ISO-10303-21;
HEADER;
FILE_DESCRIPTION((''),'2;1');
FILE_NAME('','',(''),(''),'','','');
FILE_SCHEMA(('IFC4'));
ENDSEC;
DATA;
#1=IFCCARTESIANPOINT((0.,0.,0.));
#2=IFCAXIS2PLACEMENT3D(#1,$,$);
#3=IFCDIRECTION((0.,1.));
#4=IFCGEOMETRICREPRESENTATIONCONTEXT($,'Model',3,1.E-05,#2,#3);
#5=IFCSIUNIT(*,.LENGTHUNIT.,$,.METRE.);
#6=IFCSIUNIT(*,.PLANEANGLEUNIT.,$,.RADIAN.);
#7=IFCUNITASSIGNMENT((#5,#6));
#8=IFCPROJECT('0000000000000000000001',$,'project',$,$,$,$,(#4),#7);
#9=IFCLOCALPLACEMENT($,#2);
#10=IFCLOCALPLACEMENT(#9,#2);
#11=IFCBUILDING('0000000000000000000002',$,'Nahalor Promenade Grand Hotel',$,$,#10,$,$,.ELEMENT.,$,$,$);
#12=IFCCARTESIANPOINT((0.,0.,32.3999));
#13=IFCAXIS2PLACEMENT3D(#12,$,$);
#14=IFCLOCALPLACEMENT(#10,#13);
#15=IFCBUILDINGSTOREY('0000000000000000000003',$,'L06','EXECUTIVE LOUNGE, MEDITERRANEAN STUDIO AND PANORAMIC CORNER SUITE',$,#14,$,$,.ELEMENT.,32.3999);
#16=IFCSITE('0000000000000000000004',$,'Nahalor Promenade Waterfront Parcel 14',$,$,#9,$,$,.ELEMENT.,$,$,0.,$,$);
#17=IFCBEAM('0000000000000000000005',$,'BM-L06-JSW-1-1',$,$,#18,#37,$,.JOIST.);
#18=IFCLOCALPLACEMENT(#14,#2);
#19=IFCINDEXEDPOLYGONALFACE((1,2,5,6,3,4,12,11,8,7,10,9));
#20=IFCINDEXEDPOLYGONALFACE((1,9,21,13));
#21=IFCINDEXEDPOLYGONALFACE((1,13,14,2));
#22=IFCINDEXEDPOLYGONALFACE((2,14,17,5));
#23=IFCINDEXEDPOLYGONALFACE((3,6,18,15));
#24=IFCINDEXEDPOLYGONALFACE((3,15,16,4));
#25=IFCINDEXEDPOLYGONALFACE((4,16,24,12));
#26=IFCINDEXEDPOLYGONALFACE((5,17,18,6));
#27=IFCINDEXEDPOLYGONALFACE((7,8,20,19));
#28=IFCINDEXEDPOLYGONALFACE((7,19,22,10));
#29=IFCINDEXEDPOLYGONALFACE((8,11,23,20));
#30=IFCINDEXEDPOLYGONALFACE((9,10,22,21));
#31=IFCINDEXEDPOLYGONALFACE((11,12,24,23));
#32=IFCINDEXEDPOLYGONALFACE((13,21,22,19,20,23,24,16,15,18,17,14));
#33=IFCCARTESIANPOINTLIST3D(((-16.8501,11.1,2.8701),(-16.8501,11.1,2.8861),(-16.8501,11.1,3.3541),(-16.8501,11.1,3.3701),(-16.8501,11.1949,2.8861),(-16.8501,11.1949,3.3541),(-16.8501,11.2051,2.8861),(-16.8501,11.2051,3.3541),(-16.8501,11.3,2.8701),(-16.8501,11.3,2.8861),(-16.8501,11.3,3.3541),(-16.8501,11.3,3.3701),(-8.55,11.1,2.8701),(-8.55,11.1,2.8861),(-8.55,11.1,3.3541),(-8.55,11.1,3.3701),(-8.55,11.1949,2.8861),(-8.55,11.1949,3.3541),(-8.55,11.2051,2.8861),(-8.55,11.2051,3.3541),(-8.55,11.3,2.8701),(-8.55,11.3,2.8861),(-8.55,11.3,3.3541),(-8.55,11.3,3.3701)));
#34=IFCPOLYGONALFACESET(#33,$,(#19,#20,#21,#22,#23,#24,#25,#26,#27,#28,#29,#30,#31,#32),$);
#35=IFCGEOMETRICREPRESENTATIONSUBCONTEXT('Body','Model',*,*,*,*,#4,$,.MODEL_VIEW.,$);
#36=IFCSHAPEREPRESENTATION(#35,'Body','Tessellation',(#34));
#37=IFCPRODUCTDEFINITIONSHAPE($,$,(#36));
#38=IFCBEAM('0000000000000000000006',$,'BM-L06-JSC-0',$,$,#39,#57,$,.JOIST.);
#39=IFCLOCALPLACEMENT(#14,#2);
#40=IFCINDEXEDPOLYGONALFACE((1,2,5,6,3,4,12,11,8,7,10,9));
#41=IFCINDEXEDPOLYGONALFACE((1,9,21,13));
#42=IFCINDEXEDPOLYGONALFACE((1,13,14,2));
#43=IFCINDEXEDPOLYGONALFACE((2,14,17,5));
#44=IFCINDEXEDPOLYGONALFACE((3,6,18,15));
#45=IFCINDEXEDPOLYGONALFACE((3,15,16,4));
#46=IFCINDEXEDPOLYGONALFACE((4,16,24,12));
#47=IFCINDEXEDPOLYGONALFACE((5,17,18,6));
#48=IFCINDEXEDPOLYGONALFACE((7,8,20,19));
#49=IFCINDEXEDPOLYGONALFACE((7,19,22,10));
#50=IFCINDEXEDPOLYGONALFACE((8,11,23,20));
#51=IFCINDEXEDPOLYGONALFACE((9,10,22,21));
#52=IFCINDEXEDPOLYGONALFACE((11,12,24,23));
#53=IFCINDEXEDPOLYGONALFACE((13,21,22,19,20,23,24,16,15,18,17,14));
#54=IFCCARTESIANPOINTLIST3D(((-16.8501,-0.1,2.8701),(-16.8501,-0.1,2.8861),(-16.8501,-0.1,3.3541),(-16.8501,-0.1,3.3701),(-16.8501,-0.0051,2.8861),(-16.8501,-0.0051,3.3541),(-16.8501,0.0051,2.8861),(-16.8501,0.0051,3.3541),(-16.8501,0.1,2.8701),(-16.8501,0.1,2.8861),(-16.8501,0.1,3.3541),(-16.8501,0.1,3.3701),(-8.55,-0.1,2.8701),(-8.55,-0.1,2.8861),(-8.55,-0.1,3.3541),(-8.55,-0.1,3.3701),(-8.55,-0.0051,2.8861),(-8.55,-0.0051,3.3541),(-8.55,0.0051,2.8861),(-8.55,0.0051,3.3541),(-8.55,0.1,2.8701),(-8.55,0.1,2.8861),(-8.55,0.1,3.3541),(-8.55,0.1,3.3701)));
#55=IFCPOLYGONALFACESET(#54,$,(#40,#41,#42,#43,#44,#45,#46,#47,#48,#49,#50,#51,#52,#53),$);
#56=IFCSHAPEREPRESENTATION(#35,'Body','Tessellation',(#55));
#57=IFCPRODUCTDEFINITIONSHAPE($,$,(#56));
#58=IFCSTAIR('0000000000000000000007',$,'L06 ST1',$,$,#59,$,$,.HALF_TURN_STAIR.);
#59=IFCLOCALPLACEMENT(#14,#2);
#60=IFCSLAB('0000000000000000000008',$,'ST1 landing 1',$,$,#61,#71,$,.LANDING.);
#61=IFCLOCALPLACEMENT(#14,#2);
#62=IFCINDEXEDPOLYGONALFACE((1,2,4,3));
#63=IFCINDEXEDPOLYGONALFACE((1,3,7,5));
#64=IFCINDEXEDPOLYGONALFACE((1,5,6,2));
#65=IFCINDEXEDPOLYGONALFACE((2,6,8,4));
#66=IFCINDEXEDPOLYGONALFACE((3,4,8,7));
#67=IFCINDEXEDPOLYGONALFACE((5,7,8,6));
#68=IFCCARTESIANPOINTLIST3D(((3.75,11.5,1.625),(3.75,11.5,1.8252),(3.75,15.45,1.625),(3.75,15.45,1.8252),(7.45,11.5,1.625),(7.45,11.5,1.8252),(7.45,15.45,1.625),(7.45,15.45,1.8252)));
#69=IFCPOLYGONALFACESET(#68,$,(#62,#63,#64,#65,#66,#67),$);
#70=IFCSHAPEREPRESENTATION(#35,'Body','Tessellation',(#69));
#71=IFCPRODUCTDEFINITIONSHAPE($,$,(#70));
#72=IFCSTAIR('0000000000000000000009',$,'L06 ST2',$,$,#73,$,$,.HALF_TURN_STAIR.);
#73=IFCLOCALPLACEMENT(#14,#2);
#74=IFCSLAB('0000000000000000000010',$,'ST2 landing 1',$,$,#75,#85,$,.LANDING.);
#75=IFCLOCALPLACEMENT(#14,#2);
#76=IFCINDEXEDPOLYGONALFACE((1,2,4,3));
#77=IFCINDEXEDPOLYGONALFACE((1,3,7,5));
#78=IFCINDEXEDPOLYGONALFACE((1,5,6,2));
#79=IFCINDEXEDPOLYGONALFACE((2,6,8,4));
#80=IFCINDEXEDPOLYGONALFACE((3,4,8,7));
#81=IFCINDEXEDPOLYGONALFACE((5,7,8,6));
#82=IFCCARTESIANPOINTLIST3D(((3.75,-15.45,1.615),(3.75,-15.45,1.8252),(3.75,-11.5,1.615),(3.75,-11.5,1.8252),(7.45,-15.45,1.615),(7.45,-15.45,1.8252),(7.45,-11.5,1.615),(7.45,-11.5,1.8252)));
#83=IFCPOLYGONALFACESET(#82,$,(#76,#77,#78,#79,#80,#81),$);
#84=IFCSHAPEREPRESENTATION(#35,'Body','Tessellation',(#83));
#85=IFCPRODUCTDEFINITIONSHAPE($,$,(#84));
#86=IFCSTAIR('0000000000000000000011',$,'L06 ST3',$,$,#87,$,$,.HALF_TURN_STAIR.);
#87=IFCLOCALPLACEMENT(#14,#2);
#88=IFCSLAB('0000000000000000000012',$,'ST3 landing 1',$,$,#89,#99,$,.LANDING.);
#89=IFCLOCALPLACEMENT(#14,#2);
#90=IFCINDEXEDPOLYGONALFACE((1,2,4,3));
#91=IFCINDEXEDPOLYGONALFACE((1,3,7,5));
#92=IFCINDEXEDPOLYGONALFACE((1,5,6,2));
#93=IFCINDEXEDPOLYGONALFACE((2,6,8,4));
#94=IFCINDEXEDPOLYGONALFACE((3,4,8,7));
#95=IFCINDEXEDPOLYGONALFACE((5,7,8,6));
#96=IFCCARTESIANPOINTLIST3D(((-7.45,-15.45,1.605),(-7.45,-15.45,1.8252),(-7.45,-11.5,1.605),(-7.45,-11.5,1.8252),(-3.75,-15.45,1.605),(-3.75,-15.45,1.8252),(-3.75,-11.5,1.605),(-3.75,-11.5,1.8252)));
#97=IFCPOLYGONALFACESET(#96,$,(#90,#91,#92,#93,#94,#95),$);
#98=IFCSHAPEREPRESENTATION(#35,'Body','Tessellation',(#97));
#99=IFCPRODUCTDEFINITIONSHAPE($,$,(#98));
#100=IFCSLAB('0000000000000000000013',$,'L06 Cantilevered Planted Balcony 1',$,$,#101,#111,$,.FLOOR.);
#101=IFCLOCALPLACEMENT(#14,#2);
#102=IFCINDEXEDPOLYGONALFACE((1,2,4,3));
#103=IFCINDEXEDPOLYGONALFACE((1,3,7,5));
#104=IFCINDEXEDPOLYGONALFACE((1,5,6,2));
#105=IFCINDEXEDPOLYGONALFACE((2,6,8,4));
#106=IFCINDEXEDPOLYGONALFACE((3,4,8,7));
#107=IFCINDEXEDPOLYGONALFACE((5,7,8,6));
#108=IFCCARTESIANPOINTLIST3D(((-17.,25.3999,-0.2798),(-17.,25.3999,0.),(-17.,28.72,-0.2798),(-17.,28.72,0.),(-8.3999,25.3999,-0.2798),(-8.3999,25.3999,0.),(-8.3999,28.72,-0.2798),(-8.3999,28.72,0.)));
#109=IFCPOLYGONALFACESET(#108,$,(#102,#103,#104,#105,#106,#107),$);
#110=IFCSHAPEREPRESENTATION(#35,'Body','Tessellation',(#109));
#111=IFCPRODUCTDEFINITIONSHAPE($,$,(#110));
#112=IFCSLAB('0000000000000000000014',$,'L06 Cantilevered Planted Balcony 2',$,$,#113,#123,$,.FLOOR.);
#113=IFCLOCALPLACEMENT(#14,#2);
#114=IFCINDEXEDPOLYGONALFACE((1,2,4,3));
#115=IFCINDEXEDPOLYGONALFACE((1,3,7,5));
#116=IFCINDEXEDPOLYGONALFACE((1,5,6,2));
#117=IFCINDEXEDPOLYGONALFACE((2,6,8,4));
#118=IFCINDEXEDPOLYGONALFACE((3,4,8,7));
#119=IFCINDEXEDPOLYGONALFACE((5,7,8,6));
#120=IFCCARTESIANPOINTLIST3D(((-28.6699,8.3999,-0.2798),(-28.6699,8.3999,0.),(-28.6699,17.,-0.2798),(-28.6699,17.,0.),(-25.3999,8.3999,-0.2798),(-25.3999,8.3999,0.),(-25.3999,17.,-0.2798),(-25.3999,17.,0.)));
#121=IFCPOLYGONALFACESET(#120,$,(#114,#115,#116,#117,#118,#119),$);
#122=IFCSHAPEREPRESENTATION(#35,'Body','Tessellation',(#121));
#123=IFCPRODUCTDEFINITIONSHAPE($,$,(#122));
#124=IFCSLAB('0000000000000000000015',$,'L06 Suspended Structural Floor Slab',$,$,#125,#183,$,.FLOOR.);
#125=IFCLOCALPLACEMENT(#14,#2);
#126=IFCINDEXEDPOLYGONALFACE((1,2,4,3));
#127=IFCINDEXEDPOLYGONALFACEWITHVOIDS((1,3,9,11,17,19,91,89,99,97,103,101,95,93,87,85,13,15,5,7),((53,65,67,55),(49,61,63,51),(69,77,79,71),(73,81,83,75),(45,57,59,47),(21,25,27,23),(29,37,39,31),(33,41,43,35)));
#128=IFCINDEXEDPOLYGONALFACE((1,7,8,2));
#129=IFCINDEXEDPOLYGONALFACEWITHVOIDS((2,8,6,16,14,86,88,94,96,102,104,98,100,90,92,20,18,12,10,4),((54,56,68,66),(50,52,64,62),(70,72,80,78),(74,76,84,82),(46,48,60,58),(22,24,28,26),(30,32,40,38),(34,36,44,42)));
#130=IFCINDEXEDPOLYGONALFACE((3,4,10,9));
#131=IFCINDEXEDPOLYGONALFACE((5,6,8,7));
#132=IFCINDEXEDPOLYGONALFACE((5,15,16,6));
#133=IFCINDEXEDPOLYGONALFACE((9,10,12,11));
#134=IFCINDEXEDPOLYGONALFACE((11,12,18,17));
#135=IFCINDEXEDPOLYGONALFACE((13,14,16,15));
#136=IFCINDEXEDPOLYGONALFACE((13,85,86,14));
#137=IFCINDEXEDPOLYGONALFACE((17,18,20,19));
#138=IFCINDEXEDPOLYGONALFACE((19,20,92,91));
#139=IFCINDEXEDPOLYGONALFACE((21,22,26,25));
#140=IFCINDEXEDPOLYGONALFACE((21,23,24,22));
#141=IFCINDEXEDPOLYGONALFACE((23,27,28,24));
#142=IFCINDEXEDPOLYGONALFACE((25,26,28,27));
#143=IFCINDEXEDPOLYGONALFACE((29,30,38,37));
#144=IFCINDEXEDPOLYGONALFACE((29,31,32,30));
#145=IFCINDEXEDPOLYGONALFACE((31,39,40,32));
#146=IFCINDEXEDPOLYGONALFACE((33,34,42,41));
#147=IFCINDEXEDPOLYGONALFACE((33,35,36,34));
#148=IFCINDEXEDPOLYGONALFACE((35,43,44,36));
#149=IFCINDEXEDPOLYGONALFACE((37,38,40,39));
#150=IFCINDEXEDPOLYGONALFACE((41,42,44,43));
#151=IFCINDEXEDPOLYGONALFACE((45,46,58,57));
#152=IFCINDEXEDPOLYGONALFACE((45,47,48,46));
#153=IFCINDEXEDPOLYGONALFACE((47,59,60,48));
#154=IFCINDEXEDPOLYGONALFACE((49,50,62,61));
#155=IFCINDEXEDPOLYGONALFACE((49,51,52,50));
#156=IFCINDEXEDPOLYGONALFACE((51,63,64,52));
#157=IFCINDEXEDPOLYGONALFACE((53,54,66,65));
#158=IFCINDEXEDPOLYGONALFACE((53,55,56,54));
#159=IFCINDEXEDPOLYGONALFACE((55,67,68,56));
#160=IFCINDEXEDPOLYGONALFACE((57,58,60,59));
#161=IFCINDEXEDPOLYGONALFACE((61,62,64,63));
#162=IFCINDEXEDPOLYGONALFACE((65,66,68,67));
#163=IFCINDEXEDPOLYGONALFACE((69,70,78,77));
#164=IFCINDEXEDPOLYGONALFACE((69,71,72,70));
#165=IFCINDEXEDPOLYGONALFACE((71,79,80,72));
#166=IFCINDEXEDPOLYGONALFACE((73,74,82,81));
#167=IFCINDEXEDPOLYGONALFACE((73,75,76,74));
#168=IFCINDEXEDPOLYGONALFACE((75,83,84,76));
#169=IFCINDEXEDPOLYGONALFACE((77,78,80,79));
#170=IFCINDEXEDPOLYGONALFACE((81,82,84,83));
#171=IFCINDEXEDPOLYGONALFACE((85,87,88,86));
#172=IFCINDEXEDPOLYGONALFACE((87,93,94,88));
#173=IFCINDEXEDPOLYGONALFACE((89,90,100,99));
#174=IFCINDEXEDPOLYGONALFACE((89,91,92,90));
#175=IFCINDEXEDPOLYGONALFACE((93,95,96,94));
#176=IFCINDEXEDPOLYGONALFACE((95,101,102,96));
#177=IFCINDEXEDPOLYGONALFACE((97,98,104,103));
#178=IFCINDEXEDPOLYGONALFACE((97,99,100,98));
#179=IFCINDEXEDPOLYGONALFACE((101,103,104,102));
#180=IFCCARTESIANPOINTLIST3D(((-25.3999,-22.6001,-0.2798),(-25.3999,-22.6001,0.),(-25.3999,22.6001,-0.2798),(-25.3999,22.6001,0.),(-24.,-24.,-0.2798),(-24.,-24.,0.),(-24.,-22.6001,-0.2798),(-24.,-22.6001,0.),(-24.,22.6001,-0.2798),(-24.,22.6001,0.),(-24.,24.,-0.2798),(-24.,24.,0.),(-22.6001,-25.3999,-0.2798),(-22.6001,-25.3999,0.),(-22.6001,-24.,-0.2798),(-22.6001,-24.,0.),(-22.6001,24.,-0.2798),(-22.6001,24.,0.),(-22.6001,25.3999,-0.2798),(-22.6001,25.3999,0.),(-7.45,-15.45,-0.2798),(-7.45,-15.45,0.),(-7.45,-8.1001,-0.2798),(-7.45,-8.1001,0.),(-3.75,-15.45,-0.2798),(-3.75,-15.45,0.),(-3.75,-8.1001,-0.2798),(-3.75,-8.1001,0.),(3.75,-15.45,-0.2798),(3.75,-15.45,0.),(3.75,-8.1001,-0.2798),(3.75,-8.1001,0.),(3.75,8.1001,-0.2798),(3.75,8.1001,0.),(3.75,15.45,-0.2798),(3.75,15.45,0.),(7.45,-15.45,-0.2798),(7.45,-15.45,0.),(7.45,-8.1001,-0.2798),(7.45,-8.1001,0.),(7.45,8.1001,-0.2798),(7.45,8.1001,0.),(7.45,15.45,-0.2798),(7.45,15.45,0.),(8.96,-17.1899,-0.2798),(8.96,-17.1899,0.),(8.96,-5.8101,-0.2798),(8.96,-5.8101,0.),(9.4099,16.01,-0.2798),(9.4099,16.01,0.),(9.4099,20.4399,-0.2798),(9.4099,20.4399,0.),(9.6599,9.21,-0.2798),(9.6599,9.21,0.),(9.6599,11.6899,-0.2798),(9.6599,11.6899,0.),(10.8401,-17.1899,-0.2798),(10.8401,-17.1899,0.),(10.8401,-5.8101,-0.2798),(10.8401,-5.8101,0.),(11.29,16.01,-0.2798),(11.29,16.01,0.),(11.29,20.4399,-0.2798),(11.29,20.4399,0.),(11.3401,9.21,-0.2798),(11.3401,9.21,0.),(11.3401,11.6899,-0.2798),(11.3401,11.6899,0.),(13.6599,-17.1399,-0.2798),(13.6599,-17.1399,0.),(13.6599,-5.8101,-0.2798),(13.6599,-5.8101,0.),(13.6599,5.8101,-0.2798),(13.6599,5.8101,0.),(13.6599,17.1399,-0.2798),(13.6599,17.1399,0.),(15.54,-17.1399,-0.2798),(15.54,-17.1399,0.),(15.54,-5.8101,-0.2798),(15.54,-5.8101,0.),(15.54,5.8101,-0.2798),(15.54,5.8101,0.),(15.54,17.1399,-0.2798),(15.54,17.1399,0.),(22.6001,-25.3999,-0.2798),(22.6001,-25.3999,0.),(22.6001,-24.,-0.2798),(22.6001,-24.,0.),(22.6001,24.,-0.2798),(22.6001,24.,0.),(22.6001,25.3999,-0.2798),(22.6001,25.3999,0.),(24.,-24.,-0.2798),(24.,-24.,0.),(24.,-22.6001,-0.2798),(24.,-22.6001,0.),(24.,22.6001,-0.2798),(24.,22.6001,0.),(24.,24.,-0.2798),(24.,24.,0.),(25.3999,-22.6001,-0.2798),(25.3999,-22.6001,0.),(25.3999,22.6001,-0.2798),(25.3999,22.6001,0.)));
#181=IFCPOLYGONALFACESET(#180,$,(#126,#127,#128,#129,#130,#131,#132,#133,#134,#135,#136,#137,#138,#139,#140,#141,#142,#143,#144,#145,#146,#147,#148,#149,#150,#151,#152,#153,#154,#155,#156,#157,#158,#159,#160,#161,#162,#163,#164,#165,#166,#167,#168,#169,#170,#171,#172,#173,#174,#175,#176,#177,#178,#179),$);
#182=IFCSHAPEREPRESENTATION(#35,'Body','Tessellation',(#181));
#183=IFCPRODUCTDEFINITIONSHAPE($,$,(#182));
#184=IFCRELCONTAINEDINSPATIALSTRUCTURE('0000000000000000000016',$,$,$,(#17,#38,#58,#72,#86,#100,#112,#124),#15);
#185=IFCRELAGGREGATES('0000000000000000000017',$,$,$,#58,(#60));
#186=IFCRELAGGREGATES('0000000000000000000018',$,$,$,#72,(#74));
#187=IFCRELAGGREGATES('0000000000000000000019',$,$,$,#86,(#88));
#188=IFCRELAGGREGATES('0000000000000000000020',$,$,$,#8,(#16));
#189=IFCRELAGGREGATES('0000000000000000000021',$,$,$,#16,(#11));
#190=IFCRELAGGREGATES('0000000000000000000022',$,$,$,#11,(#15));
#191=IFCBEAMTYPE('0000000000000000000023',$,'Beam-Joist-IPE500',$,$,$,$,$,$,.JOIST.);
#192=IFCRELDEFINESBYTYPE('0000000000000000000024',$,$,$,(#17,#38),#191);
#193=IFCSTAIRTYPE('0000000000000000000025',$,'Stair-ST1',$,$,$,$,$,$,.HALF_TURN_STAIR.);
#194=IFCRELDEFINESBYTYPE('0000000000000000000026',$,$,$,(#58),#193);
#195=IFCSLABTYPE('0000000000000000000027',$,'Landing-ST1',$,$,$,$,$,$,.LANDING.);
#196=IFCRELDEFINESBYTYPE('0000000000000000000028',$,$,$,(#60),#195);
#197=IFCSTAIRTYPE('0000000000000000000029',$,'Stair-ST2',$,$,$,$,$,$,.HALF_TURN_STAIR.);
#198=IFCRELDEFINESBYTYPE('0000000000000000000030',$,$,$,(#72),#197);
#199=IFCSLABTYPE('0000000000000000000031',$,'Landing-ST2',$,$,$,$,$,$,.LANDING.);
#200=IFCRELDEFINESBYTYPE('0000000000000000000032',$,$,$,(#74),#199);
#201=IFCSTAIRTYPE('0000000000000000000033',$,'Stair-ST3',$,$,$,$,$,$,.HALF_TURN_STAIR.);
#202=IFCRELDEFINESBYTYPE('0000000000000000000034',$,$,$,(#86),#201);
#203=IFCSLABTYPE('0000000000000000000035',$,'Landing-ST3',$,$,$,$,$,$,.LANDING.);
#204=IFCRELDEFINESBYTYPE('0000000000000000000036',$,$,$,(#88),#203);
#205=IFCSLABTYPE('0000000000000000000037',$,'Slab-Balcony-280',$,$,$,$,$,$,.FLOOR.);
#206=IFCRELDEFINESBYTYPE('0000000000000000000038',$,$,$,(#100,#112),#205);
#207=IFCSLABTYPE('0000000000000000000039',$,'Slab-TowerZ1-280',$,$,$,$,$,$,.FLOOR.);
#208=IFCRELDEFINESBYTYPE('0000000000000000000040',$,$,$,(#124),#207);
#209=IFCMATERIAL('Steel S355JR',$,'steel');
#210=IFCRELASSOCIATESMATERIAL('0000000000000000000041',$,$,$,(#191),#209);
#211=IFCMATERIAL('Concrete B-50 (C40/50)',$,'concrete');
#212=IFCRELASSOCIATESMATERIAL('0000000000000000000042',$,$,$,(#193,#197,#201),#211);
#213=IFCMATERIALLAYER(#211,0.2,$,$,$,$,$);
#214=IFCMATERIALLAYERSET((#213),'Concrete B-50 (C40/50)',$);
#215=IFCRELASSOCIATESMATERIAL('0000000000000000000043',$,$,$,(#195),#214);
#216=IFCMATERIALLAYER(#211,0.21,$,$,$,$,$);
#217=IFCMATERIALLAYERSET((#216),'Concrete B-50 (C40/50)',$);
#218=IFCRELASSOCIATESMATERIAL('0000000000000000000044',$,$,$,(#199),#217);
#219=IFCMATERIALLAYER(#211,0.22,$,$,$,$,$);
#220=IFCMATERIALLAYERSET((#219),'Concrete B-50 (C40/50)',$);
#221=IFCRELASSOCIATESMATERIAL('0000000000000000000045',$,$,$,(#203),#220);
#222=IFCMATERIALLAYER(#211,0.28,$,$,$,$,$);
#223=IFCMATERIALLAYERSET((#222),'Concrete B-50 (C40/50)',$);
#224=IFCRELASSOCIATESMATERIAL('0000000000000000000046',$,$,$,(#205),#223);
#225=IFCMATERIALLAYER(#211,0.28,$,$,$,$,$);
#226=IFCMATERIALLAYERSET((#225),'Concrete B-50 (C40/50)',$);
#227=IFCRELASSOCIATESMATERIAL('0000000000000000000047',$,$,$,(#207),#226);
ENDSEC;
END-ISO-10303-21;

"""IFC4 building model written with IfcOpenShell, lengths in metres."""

from ifc_helpers import new_model, si_unit, direction, frame, origin, origin_2d, place, context, subcontext, project, spatial, polyline, i_section, outline, extrude, source, transform, mapped, material, layer, layer_set, material_profile, profile_set, type_object, element, aggregate, save


model = new_model("IFC4")

# Units and contexts
model_context = context("Model", 3, precision=1e-05, world=origin(), true_north=direction((0.0, 1.0)))
body_context = subcontext(model_context, "Body", "Model", "MODEL_VIEW")
ifc_project = project(units=[si_unit("LENGTHUNIT", "METRE"), si_unit("PLANEANGLEUNIT", "RADIAN")], contexts=[model_context])

# Site, building, storey
site_placement = place(None, origin())
site = spatial("IfcSite", under=ifc_project, at=site_placement, Name="Nahalor Promenade Waterfront Parcel 14", CompositionType="ELEMENT", RefElevation=0.0)
building_placement = place(site_placement, origin())
building = spatial("IfcBuilding", under=site, at=building_placement, Name="Nahalor Promenade Grand Hotel", CompositionType="ELEMENT")
storey_placement = place(building_placement, frame((0.0, 0.0, 32.3999)))
storey = spatial("IfcBuildingStorey", under=building, at=storey_placement, Name="L06", Description="EXECUTIVE LOUNGE, MEDITERRANEAN STUDIO AND PANORAMIC CORNER SUITE", CompositionType="ELEMENT", Elevation=32.3999)

# Beams
ifc_material_1 = material(Name="Steel S355JR", Category="steel")
ifc_material_profile_1 = material_profile(ifc_material_1, i_section(OverallWidth=0.2, OverallDepth=0.5, WebThickness=0.0102, FlangeThickness=0.016, at=origin_2d()), Name="IPE 500")
ifc_profile_set_1 = profile_set([ifc_material_profile_1], Name="Steel S355JR")
beam_type_1 = type_object("IfcBeamType", Name="Beam-Joist-IPE500", PredefinedType="JOIST", material=ifc_profile_set_1)
shared_shape_1 = source(origin(), body_context, "Body", "SweptSolid", [
    extrude(i_section(OverallWidth=0.2, OverallDepth=0.5, WebThickness=0.0102, FlangeThickness=0.016, at=origin_2d()), origin(), (0.0, 0.0, 1.0), 8.3),
])
for number, where, z_axis, x_axis, name in (
    (1, (-16.8501, 11.2, 3.1201), (1.0, 0.0, 0.0), (0.0, 1.0, 0.0), "BM-L06-JSW-1-1"),
    (2, (-16.8501, 0.0, 3.1201), (1.0, 0.0, 0.0), (0.0, 1.0, 0.0), "BM-L06-JSC-0"),
):
    element("IfcBeam", number, at=place(storey_placement, frame(where, z_axis=z_axis, x_axis=x_axis)), inside=storey, type_object=beam_type_1, Name=name, PredefinedType="JOIST", context=body_context, shape_type="MappedRepresentation", body=[
        mapped(shared_shape_1, transform((0.0, 0.0, 0.0), scale=1.0)),
    ])

# Stairs, slabs
ifc_material_2 = material(Name="Concrete B-50 (C40/50)", Category="concrete")
stair_type_1 = type_object("IfcStairType", Name="Stair-ST1", PredefinedType="HALF_TURN_STAIR", material=ifc_material_2)
stair_1_placement = place(storey_placement, origin())
stair_1 = element("IfcStair", 3, at=stair_1_placement, inside=storey, type_object=stair_type_1, Name="L06 ST1", PredefinedType="HALF_TURN_STAIR")
ifc_layer_1 = layer(ifc_material_2, 0.2)
ifc_layer_set_1 = layer_set([ifc_layer_1], Name="Concrete B-50 (C40/50)")
slab_type_1 = type_object("IfcSlabType", Name="Landing-ST1", PredefinedType="LANDING", material=ifc_layer_set_1)
slab_1_placement = place(storey_placement, frame((0.0, 0.0, 1.625)))
slab_1 = element("IfcSlab", 4, at=slab_1_placement, type_object=slab_type_1, Name="ST1 landing 1", PredefinedType="LANDING", context=body_context, shape_type="SweptSolid", body=[
    extrude(outline(polyline([(7.45, 11.5), (7.45, 15.45), (3.75, 15.45), (3.75, 11.5), (7.45, 11.5)])), origin(), (0.0, 0.0, 1.0), 0.2002),
])
aggregate(stair_1, [slab_1])
stair_type_2 = type_object("IfcStairType", Name="Stair-ST2", PredefinedType="HALF_TURN_STAIR", material=ifc_material_2)
stair_2_placement = place(storey_placement, origin())
stair_2 = element("IfcStair", 5, at=stair_2_placement, inside=storey, type_object=stair_type_2, Name="L06 ST2", PredefinedType="HALF_TURN_STAIR")
ifc_layer_2 = layer(ifc_material_2, 0.21)
ifc_layer_set_2 = layer_set([ifc_layer_2], Name="Concrete B-50 (C40/50)")
slab_type_2 = type_object("IfcSlabType", Name="Landing-ST2", PredefinedType="LANDING", material=ifc_layer_set_2)
slab_2_placement = place(storey_placement, frame((0.0, 0.0, 1.615)))
slab_2 = element("IfcSlab", 6, at=slab_2_placement, type_object=slab_type_2, Name="ST2 landing 1", PredefinedType="LANDING", context=body_context, shape_type="SweptSolid", body=[
    extrude(outline(polyline([(3.75, -11.5), (3.75, -15.45), (7.45, -15.45), (7.45, -11.5), (3.75, -11.5)])), origin(), (0.0, 0.0, 1.0), 0.2102),
])
aggregate(stair_2, [slab_2])
stair_type_3 = type_object("IfcStairType", Name="Stair-ST3", PredefinedType="HALF_TURN_STAIR", material=ifc_material_2)
stair_3_placement = place(storey_placement, origin())
stair_3 = element("IfcStair", 7, at=stair_3_placement, inside=storey, type_object=stair_type_3, Name="L06 ST3", PredefinedType="HALF_TURN_STAIR")
ifc_layer_3 = layer(ifc_material_2, 0.22)
ifc_layer_set_3 = layer_set([ifc_layer_3], Name="Concrete B-50 (C40/50)")
slab_type_3 = type_object("IfcSlabType", Name="Landing-ST3", PredefinedType="LANDING", material=ifc_layer_set_3)
slab_3_placement = place(storey_placement, frame((0.0, 0.0, 1.605)))
slab_3 = element("IfcSlab", 8, at=slab_3_placement, type_object=slab_type_3, Name="ST3 landing 1", PredefinedType="LANDING", context=body_context, shape_type="SweptSolid", body=[
    extrude(outline(polyline([(-7.45, -11.5), (-7.45, -15.45), (-3.75, -15.45), (-3.75, -11.5), (-7.45, -11.5)])), origin(), (0.0, 0.0, 1.0), 0.2202),
])
aggregate(stair_3, [slab_3])

# Slabs
ifc_layer_4 = layer(ifc_material_2, 0.28)
ifc_layer_set_4 = layer_set([ifc_layer_4], Name="Concrete B-50 (C40/50)")
slab_type_4 = type_object("IfcSlabType", Name="Slab-Balcony-280", PredefinedType="FLOOR", material=ifc_layer_set_4)
slab_4_placement = place(storey_placement, frame((0.0, 0.0, -0.2798)))
element("IfcSlab", 9, at=slab_4_placement, inside=storey, type_object=slab_type_4, Name="L06 Cantilevered Planted Balcony 1", PredefinedType="FLOOR", context=body_context, shape_type="SweptSolid", body=[
    extrude(outline(polyline([(-17.0, 25.3999), (-8.3999, 25.3999), (-8.3999, 28.72), (-17.0, 28.72), (-17.0, 25.3999)])), origin(), (0.0, 0.0, 1.0), 0.2798),
])
slab_5_placement = place(storey_placement, frame((0.0, 0.0, -0.2798)))
element("IfcSlab", 10, at=slab_5_placement, inside=storey, type_object=slab_type_4, Name="L06 Cantilevered Planted Balcony 2", PredefinedType="FLOOR", context=body_context, shape_type="SweptSolid", body=[
    extrude(outline(polyline([(-28.6699, 8.3999), (-25.3999, 8.3999), (-25.3999, 17.0), (-28.6699, 17.0), (-28.6699, 8.3999)])), origin(), (0.0, 0.0, 1.0), 0.2798),
])
ifc_layer_5 = layer(ifc_material_2, 0.28)
ifc_layer_set_5 = layer_set([ifc_layer_5], Name="Concrete B-50 (C40/50)")
slab_type_5 = type_object("IfcSlabType", Name="Slab-TowerZ1-280", PredefinedType="FLOOR", material=ifc_layer_set_5)
slab_6_placement = place(storey_placement, frame((0.0, 0.0, -0.2798)))
element("IfcSlab", 11, at=slab_6_placement, inside=storey, type_object=slab_type_5, Name="L06 Suspended Structural Floor Slab", PredefinedType="FLOOR", context=body_context, shape_type="SweptSolid", body=[
    extrude(outline(polyline([(-22.6001, -25.3999), (22.6001, -25.3999), (22.6001, -24.0), (24.0, -24.0), (24.0, -22.6001), (25.3999, -22.6001), (25.3999, 22.6001), (24.0, 22.6001), (24.0, 24.0), (22.6001, 24.0), (22.6001, 25.3999), (-22.6001, 25.3999), (-22.6001, 24.0), (-24.0, 24.0), (-24.0, 22.6001), (-25.3999, 22.6001), (-25.3999, -22.6001), (-24.0, -22.6001), (-24.0, -24.0), (-22.6001, -24.0), (-22.6001, -25.3999)]), holes=[polyline([(3.75, 8.1001), (7.45, 8.1001), (7.45, 15.45), (3.75, 15.45), (3.75, 8.1001)]), polyline([(3.75, -15.45), (7.45, -15.45), (7.45, -8.1001), (3.75, -8.1001), (3.75, -15.45)]), polyline([(-7.45, -15.45), (-3.75, -15.45), (-3.75, -8.1001), (-7.45, -8.1001), (-7.45, -15.45)]), polyline([(13.6599, 5.8101), (15.54, 5.8101), (15.54, 17.1399), (13.6599, 17.1399), (13.6599, 5.8101)]), polyline([(13.6599, -17.1399), (15.54, -17.1399), (15.54, -5.8101), (13.6599, -5.8101), (13.6599, -17.1399)]), polyline([(8.96, -17.1899), (10.8401, -17.1899), (10.8401, -5.8101), (8.96, -5.8101), (8.96, -17.1899)]), polyline([(9.4099, 16.01), (11.29, 16.01), (11.29, 20.4399), (9.4099, 20.4399), (9.4099, 16.01)]), polyline([(9.6599, 9.21), (11.3401, 9.21), (11.3401, 11.6899), (9.6599, 11.6899), (9.6599, 9.21)])]), origin(), (0.0, 0.0, 1.0), 0.2798),
])

save(model, "model.ifc")
